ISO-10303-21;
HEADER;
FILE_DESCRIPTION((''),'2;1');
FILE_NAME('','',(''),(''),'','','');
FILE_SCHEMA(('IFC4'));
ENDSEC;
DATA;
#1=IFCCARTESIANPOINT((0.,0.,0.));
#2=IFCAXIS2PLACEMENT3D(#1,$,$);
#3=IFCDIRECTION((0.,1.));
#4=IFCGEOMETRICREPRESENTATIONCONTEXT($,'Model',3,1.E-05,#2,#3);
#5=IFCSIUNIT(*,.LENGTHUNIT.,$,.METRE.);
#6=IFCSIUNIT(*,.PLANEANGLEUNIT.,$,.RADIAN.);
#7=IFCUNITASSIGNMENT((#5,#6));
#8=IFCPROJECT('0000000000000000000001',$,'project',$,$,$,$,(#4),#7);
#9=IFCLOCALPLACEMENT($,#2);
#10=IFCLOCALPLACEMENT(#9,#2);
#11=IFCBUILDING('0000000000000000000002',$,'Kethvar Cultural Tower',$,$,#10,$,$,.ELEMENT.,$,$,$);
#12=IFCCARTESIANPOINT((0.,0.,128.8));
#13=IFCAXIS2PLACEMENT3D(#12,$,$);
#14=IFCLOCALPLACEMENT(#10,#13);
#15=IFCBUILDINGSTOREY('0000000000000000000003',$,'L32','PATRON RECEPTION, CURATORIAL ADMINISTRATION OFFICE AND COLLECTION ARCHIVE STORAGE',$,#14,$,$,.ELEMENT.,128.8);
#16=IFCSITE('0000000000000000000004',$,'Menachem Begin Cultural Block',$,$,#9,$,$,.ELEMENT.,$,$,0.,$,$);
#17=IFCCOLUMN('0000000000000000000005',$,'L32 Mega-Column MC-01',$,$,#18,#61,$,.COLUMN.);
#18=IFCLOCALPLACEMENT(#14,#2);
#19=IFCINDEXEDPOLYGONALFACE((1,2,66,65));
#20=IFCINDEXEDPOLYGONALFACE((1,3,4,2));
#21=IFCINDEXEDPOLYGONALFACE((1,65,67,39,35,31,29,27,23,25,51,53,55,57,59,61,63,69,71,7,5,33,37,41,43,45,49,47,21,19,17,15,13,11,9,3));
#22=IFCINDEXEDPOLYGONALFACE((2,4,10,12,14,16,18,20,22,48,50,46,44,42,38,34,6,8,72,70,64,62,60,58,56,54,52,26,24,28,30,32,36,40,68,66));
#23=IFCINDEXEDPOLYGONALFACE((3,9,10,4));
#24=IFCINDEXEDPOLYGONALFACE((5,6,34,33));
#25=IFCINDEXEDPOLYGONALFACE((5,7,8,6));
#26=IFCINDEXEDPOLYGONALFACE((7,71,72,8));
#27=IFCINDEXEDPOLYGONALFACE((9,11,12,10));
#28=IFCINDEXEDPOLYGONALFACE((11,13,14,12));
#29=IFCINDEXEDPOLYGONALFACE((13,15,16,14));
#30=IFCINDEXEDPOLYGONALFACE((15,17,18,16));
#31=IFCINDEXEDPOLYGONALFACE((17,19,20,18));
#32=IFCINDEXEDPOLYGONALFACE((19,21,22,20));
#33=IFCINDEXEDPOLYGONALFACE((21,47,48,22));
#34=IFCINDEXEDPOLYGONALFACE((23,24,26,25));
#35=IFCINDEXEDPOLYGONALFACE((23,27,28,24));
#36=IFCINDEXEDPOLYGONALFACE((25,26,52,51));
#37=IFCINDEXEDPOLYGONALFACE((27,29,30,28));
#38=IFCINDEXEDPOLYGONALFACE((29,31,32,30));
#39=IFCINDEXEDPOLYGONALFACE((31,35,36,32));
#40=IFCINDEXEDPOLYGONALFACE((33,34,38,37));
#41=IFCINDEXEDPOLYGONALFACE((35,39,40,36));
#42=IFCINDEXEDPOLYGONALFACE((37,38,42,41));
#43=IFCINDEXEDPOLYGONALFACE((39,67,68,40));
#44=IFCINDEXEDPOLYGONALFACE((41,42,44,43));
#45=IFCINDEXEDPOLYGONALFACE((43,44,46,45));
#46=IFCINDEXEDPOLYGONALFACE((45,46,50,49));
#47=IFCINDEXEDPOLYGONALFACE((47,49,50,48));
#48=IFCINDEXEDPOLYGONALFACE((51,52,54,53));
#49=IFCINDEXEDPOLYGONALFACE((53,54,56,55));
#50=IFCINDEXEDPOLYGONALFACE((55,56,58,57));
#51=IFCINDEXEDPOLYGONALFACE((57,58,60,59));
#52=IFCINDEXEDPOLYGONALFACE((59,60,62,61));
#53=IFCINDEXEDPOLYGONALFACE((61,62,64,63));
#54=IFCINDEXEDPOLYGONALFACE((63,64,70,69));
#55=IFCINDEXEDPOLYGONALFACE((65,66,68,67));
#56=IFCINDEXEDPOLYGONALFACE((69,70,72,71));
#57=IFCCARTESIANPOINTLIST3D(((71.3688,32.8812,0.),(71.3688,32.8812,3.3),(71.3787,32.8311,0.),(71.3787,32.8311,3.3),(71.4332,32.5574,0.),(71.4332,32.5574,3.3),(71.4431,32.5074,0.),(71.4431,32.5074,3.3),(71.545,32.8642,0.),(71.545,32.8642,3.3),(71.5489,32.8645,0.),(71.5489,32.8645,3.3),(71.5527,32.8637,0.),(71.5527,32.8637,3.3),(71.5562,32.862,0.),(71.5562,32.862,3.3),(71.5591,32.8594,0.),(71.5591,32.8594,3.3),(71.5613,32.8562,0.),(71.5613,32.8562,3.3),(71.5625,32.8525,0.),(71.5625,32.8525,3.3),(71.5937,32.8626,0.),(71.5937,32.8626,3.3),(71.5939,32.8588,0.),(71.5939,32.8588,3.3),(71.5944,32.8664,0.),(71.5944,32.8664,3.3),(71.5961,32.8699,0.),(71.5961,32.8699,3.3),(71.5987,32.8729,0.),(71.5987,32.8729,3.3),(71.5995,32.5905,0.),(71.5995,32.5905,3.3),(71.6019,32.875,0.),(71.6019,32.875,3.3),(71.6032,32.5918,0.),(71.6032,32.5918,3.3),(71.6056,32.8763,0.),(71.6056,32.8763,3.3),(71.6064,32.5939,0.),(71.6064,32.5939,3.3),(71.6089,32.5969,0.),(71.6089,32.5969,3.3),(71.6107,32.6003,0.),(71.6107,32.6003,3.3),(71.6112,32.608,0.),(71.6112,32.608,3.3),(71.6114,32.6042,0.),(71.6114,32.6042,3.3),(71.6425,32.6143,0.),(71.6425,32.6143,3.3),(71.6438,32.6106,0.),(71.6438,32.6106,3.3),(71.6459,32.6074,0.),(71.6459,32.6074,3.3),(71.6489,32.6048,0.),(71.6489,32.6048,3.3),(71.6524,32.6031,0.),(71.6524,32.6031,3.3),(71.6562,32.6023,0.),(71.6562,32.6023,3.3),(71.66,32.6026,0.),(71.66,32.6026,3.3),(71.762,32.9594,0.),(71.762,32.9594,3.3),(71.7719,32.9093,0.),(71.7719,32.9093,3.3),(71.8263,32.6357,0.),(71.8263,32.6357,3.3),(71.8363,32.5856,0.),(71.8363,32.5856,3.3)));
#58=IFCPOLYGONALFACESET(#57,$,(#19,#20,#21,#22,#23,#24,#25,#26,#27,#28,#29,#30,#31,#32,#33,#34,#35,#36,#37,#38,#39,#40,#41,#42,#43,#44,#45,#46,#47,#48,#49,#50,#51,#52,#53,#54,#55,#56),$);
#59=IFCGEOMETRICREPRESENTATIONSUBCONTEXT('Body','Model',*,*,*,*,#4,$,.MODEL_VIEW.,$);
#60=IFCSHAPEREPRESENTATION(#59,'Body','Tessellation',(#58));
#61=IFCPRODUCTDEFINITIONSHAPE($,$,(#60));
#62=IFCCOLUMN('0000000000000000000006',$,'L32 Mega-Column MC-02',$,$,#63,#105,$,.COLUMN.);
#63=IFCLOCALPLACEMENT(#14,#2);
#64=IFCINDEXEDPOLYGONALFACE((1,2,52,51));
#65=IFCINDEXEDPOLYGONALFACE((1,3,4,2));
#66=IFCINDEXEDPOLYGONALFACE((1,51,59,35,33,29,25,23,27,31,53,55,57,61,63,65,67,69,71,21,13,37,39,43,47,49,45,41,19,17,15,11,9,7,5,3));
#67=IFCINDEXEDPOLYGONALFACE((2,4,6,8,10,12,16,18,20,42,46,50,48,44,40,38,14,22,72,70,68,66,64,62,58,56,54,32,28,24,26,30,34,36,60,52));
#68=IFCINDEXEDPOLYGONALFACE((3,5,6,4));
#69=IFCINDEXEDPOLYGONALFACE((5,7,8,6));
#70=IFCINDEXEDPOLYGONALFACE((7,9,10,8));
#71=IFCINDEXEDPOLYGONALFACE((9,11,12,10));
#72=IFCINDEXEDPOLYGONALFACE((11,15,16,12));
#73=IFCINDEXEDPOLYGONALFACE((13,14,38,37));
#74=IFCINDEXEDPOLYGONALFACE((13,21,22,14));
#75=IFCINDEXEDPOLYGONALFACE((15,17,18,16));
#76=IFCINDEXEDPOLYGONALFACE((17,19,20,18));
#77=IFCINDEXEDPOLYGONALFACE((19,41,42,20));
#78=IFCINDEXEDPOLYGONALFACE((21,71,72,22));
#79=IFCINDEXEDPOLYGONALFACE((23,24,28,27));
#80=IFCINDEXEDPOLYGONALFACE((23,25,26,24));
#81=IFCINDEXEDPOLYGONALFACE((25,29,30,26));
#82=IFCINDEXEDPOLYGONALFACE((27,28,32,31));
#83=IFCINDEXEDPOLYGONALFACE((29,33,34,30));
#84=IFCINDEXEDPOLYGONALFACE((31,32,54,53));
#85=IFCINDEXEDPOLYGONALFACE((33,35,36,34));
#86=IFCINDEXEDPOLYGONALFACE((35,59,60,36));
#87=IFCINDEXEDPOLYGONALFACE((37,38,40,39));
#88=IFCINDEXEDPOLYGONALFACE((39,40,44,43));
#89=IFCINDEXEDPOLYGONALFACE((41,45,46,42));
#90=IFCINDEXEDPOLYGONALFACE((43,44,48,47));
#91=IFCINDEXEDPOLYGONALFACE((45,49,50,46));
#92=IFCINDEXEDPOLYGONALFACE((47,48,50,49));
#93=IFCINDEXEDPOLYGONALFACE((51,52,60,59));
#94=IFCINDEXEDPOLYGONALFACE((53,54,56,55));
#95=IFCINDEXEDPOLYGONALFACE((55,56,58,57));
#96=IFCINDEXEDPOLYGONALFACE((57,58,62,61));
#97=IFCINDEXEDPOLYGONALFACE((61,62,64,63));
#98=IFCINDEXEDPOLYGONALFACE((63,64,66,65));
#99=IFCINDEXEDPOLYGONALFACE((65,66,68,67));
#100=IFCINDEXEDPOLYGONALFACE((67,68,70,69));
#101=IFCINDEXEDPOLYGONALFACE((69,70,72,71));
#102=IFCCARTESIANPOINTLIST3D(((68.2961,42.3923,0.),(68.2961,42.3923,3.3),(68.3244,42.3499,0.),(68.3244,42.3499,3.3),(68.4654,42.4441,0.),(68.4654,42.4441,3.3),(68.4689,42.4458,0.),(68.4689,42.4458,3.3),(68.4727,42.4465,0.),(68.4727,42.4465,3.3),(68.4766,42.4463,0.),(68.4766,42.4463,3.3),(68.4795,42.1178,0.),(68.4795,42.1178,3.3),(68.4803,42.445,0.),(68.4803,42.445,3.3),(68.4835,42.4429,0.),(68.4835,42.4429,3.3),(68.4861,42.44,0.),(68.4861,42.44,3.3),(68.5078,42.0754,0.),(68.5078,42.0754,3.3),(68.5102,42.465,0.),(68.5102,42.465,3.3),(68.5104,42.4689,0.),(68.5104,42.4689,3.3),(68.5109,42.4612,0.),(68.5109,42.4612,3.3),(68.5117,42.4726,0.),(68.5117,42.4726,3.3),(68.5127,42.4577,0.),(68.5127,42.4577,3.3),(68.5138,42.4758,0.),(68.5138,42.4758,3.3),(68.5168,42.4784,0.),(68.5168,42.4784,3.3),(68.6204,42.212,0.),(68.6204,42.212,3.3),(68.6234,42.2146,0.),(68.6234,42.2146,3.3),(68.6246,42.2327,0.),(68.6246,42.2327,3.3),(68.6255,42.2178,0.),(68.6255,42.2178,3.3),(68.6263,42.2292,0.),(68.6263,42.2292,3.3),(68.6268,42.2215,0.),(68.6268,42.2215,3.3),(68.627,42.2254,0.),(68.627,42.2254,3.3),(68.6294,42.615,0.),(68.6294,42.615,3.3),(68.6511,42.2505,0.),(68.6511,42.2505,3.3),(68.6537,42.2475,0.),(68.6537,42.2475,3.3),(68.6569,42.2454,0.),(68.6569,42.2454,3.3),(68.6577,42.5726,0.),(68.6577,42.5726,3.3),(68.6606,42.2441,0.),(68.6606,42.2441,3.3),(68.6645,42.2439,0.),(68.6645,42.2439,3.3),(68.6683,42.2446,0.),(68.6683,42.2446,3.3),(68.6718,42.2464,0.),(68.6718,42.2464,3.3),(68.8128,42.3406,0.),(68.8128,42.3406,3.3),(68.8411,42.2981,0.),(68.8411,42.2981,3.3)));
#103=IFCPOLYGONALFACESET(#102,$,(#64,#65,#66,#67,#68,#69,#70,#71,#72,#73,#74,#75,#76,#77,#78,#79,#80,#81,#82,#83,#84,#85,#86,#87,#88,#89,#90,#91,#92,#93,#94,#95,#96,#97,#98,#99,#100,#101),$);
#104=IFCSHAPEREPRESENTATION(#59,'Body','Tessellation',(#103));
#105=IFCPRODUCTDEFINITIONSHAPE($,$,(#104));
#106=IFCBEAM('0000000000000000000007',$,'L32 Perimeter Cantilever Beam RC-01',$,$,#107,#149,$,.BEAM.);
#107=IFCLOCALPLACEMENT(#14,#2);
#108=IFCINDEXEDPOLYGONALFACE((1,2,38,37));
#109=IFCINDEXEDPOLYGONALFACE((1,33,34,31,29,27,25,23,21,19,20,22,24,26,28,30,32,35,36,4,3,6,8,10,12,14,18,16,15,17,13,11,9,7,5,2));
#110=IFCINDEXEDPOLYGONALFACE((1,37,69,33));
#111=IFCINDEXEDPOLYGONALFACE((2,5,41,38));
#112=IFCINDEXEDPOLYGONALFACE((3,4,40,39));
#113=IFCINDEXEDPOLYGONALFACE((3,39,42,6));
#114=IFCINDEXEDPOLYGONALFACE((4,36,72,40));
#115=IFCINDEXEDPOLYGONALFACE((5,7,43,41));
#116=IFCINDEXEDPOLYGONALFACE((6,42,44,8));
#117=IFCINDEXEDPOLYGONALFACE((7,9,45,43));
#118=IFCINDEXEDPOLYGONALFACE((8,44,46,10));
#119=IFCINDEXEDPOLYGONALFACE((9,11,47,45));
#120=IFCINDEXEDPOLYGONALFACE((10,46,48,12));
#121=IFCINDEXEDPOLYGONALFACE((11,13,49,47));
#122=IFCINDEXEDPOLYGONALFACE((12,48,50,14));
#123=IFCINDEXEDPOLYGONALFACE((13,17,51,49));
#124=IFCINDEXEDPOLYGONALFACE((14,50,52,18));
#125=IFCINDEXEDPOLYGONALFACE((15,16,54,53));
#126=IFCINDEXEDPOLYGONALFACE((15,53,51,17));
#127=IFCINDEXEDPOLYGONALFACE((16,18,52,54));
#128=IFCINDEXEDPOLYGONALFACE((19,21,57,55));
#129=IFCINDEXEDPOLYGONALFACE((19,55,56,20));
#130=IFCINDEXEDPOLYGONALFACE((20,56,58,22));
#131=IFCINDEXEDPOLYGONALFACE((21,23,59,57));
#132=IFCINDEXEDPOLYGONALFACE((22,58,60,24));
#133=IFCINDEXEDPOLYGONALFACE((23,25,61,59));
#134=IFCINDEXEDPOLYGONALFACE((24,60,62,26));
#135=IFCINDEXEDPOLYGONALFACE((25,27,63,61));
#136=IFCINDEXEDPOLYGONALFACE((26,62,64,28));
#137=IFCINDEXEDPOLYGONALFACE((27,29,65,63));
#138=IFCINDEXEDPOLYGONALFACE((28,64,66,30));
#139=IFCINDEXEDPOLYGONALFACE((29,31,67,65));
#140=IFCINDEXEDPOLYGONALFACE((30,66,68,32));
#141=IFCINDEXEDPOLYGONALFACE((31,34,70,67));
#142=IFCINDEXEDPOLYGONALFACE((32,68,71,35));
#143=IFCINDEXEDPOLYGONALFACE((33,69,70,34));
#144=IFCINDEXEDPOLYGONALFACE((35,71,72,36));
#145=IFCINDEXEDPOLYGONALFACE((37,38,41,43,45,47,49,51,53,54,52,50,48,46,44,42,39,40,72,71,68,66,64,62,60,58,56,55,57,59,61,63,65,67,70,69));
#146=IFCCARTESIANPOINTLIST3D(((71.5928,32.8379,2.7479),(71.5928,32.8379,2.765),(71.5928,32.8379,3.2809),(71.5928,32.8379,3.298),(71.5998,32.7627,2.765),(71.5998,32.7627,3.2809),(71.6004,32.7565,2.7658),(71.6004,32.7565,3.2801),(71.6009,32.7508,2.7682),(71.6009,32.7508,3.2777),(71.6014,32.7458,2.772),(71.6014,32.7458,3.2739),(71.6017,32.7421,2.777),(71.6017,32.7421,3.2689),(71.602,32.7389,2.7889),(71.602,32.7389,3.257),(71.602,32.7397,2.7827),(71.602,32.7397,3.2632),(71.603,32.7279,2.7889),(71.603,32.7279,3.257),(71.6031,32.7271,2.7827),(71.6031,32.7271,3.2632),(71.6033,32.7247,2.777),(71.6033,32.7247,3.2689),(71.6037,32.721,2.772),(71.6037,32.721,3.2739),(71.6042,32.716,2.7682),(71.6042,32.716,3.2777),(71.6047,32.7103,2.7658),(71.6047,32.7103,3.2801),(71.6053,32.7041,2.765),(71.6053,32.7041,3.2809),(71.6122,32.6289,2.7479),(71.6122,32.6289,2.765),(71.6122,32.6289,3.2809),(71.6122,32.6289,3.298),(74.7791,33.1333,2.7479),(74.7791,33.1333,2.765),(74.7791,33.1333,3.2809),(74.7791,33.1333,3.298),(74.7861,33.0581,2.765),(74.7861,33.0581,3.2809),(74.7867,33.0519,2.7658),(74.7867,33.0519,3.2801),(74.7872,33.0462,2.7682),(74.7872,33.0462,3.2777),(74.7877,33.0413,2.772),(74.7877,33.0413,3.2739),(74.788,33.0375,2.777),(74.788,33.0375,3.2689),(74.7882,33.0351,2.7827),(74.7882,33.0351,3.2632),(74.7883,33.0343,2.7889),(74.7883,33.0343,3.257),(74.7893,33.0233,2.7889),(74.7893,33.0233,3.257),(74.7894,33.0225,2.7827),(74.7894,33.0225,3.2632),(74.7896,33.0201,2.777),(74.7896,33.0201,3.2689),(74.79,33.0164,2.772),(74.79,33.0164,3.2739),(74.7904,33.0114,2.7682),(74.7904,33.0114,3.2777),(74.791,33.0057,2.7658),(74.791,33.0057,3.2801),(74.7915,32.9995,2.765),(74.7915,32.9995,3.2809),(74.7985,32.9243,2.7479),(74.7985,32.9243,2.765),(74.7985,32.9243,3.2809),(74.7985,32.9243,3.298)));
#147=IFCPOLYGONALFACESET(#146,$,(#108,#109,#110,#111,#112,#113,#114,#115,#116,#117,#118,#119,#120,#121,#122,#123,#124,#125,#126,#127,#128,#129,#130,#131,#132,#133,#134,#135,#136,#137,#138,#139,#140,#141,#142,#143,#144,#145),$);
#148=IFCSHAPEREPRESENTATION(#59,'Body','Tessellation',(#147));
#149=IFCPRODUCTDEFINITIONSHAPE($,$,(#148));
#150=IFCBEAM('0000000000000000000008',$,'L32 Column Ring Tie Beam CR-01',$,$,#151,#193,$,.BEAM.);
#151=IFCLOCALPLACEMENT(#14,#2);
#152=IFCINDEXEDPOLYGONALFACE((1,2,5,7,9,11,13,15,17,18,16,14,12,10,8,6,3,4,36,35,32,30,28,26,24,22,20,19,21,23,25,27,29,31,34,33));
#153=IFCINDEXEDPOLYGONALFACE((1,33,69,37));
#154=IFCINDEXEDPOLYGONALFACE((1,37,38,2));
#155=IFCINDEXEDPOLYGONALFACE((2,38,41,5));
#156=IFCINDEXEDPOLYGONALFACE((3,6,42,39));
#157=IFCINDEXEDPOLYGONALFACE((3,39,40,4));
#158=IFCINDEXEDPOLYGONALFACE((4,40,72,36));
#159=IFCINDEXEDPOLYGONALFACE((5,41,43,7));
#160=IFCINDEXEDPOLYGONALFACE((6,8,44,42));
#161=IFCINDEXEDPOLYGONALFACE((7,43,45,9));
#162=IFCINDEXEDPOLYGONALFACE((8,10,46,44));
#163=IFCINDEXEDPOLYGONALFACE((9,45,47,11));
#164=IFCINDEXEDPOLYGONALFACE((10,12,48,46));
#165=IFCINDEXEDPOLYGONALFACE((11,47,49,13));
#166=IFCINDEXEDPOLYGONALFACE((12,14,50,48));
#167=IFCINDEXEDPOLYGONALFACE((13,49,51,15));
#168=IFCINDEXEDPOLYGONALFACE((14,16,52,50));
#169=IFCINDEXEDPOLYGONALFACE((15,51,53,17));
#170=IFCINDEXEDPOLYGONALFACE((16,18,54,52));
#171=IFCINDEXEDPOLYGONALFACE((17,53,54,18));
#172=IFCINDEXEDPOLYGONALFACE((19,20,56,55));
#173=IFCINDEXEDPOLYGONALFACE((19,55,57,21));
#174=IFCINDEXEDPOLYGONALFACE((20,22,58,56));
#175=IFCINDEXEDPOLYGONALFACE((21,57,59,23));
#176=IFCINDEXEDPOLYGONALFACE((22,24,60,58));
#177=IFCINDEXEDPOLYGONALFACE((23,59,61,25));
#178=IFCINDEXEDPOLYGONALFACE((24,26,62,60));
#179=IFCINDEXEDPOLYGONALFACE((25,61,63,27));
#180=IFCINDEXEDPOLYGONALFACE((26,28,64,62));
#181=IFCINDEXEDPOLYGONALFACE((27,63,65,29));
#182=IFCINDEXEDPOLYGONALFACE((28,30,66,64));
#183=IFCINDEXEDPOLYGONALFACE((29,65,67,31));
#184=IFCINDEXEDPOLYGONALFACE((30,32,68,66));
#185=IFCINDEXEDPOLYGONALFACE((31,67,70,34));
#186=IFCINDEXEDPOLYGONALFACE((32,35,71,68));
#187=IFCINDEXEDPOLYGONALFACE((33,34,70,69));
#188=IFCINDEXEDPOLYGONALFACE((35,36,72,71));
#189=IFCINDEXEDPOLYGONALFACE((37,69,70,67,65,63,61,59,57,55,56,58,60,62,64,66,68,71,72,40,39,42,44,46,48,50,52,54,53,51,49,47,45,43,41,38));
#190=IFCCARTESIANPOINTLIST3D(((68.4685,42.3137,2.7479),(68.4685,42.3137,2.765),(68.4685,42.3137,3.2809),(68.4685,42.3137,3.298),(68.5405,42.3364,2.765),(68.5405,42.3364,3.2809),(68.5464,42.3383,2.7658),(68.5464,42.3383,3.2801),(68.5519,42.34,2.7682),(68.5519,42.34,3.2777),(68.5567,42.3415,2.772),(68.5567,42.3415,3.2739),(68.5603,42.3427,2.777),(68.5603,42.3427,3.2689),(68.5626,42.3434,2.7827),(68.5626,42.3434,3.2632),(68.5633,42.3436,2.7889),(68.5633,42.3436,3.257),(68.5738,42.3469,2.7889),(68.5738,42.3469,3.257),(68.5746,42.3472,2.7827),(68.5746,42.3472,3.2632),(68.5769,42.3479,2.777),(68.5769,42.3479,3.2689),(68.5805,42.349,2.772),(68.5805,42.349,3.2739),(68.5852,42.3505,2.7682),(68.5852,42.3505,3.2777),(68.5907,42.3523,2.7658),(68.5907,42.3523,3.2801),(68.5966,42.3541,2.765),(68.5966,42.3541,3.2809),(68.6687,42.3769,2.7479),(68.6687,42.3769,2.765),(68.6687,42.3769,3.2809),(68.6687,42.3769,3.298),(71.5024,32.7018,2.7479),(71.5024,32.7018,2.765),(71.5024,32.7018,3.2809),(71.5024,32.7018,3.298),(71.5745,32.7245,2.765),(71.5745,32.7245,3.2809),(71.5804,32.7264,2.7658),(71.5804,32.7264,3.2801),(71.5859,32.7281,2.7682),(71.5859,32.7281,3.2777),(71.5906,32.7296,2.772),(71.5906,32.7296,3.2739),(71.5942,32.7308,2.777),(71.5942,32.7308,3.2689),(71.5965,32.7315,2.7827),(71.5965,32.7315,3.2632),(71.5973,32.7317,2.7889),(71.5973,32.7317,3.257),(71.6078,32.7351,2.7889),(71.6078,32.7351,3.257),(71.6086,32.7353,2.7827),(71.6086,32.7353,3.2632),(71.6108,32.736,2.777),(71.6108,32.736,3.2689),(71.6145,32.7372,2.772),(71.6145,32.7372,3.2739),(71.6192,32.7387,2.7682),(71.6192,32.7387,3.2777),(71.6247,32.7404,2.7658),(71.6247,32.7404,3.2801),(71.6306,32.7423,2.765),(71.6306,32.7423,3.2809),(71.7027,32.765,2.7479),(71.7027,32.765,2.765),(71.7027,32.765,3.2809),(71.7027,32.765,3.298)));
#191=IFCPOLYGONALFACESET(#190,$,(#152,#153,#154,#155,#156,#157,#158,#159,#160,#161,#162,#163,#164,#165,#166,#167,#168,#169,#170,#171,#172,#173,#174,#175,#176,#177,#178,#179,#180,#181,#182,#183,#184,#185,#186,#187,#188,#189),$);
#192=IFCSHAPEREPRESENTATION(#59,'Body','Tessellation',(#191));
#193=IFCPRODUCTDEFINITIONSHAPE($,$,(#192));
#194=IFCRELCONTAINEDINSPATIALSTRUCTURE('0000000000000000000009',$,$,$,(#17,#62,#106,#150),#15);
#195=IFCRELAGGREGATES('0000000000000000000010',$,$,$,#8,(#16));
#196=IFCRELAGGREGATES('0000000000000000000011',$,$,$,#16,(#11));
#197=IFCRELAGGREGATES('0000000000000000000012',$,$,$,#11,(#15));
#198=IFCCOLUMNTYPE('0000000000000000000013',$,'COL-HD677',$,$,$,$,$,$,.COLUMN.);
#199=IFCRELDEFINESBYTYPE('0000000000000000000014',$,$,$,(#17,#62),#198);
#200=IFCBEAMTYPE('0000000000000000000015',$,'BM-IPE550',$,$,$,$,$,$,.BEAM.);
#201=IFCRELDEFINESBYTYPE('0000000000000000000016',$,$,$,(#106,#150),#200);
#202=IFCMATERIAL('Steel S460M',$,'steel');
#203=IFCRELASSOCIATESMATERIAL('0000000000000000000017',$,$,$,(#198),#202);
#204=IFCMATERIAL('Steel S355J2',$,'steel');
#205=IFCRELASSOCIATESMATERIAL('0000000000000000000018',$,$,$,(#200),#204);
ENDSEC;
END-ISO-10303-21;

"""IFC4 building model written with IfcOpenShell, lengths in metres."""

from ifc_helpers import new_model, si_unit, direction, frame, origin, origin_2d, place, context, subcontext, project, spatial, i_section, extrude, source, transform, mapped, material, material_profile, profile_set, type_object, element, save


model = new_model("IFC4")

# Units and contexts
model_context = context("Model", 3, precision=1e-05, world=origin(), true_north=direction((0.0, 1.0)))
body_context = subcontext(model_context, "Body", "Model", "MODEL_VIEW")
ifc_project = project(units=[si_unit("LENGTHUNIT", "METRE"), si_unit("PLANEANGLEUNIT", "RADIAN")], contexts=[model_context])

# Site, building, storey
site_placement = place(None, origin())
site = spatial("IfcSite", under=ifc_project, at=site_placement, Name="Menachem Begin Cultural Block", CompositionType="ELEMENT", RefElevation=0.0)
building_placement = place(site_placement, origin())
building = spatial("IfcBuilding", under=site, at=building_placement, Name="Kethvar Cultural Tower", CompositionType="ELEMENT")
storey_placement = place(building_placement, frame((0.0, 0.0, 128.8)))
storey = spatial("IfcBuildingStorey", under=building, at=storey_placement, Name="L32", Description="PATRON RECEPTION, CURATORIAL ADMINISTRATION OFFICE AND COLLECTION ARCHIVE STORAGE", CompositionType="ELEMENT", Elevation=128.8)

# Columns
ifc_material_1 = material(Name="Steel S460M", Category="steel")
ifc_material_profile_1 = material_profile(ifc_material_1, i_section(OverallWidth=0.4009, OverallDepth=0.3811, WebThickness=0.032, FlangeThickness=0.051, FilletRadius=0.0149, at=origin_2d()), Name="Steel S460M — HD400x677")
ifc_profile_set_1 = profile_set([ifc_material_profile_1], Name="Steel S460M — HD400x677")
column_type = type_object("IfcColumnType", Name="COL-HD677", PredefinedType="COLUMN", material=ifc_profile_set_1)
shared_shape_1 = source(origin(), body_context, "Body", "SweptSolid", [
    extrude(i_section(OverallWidth=0.4009, OverallDepth=0.3811, WebThickness=0.032, FlangeThickness=0.051, FilletRadius=0.0149, at=origin_2d()), origin(), (0.0, 0.0, 1.0), 3.3),
])
for number, where, z_axis, x_axis, name in (
    (1, (71.6025, 32.7334, 0.0), (0.0, 0.0, 1.0), (0.980785, 0.19509, 0.0), "L32 Mega-Column MC-01"),
    (2, (68.5686, 42.3452, 0.0), (0.0, 0.0, 1.0), (0.83147, 0.55557, 0.0), "L32 Mega-Column MC-02"),
):
    element("IfcColumn", number, at=place(storey_placement, frame(where, z_axis=z_axis, x_axis=x_axis)), inside=storey, type_object=column_type, Name=name, PredefinedType="COLUMN", context=body_context, shape_type="MappedRepresentation", body=[
        mapped(shared_shape_1, transform((0.0, 0.0, 0.0), scale=1.0)),
    ])

# Beams
ifc_material_2 = material(Name="Steel S355J2", Category="steel")
ifc_material_profile_2 = material_profile(ifc_material_2, i_section(OverallWidth=0.21, OverallDepth=0.55, WebThickness=0.011, FlangeThickness=0.0171, FilletRadius=0.0239, at=origin_2d()), Name="Steel S355J2 — IPE550")
ifc_profile_set_2 = profile_set([ifc_material_profile_2], Name="Steel S355J2 — IPE550")
beam_type_1 = type_object("IfcBeamType", Name="BM-IPE550", PredefinedType="BEAM", material=ifc_profile_set_2)
shared_shape_2 = source(origin(), body_context, "Body", "SweptSolid", [
    extrude(i_section(OverallWidth=0.21, OverallDepth=0.55, WebThickness=0.011, FlangeThickness=0.0171, FilletRadius=0.0239, at=origin_2d()), origin(), (0.0, 0.0, 1.0), 3.2),
])
beam_1_placement = place(storey_placement, frame((71.6025, 32.7334, 3.0229), z_axis=(0.99573, 0.092317, 0.0), x_axis=(-0.092317, 0.99573, 0.0)))
element("IfcBeam", 3, at=beam_1_placement, inside=storey, type_object=beam_type_1, Name="L32 Perimeter Cantilever Beam RC-01", PredefinedType="BEAM", context=body_context, shape_type="MappedRepresentation", body=[
    mapped(shared_shape_2, transform((0.0, 0.0, 0.0), scale=1.0)),
])
shared_shape_3 = source(origin(), body_context, "Body", "SweptSolid", [
    extrude(i_section(OverallWidth=0.21, OverallDepth=0.55, WebThickness=0.011, FlangeThickness=0.0171, FilletRadius=0.0239, at=origin_2d()), origin(), (0.0, 0.0, 1.0), 10.0793),
])
beam_2_placement = place(storey_placement, frame((71.6025, 32.7334, 3.0229), z_axis=(-0.301007, 0.953622, 0.0), x_axis=(-0.953622, -0.301007, 0.0)))
element("IfcBeam", 4, at=beam_2_placement, inside=storey, type_object=beam_type_1, Name="L32 Column Ring Tie Beam CR-01", PredefinedType="BEAM", context=body_context, shape_type="MappedRepresentation", body=[
    mapped(shared_shape_3, transform((0.0, 0.0, 0.0), scale=1.0)),
])

save(model, "model.ifc")
